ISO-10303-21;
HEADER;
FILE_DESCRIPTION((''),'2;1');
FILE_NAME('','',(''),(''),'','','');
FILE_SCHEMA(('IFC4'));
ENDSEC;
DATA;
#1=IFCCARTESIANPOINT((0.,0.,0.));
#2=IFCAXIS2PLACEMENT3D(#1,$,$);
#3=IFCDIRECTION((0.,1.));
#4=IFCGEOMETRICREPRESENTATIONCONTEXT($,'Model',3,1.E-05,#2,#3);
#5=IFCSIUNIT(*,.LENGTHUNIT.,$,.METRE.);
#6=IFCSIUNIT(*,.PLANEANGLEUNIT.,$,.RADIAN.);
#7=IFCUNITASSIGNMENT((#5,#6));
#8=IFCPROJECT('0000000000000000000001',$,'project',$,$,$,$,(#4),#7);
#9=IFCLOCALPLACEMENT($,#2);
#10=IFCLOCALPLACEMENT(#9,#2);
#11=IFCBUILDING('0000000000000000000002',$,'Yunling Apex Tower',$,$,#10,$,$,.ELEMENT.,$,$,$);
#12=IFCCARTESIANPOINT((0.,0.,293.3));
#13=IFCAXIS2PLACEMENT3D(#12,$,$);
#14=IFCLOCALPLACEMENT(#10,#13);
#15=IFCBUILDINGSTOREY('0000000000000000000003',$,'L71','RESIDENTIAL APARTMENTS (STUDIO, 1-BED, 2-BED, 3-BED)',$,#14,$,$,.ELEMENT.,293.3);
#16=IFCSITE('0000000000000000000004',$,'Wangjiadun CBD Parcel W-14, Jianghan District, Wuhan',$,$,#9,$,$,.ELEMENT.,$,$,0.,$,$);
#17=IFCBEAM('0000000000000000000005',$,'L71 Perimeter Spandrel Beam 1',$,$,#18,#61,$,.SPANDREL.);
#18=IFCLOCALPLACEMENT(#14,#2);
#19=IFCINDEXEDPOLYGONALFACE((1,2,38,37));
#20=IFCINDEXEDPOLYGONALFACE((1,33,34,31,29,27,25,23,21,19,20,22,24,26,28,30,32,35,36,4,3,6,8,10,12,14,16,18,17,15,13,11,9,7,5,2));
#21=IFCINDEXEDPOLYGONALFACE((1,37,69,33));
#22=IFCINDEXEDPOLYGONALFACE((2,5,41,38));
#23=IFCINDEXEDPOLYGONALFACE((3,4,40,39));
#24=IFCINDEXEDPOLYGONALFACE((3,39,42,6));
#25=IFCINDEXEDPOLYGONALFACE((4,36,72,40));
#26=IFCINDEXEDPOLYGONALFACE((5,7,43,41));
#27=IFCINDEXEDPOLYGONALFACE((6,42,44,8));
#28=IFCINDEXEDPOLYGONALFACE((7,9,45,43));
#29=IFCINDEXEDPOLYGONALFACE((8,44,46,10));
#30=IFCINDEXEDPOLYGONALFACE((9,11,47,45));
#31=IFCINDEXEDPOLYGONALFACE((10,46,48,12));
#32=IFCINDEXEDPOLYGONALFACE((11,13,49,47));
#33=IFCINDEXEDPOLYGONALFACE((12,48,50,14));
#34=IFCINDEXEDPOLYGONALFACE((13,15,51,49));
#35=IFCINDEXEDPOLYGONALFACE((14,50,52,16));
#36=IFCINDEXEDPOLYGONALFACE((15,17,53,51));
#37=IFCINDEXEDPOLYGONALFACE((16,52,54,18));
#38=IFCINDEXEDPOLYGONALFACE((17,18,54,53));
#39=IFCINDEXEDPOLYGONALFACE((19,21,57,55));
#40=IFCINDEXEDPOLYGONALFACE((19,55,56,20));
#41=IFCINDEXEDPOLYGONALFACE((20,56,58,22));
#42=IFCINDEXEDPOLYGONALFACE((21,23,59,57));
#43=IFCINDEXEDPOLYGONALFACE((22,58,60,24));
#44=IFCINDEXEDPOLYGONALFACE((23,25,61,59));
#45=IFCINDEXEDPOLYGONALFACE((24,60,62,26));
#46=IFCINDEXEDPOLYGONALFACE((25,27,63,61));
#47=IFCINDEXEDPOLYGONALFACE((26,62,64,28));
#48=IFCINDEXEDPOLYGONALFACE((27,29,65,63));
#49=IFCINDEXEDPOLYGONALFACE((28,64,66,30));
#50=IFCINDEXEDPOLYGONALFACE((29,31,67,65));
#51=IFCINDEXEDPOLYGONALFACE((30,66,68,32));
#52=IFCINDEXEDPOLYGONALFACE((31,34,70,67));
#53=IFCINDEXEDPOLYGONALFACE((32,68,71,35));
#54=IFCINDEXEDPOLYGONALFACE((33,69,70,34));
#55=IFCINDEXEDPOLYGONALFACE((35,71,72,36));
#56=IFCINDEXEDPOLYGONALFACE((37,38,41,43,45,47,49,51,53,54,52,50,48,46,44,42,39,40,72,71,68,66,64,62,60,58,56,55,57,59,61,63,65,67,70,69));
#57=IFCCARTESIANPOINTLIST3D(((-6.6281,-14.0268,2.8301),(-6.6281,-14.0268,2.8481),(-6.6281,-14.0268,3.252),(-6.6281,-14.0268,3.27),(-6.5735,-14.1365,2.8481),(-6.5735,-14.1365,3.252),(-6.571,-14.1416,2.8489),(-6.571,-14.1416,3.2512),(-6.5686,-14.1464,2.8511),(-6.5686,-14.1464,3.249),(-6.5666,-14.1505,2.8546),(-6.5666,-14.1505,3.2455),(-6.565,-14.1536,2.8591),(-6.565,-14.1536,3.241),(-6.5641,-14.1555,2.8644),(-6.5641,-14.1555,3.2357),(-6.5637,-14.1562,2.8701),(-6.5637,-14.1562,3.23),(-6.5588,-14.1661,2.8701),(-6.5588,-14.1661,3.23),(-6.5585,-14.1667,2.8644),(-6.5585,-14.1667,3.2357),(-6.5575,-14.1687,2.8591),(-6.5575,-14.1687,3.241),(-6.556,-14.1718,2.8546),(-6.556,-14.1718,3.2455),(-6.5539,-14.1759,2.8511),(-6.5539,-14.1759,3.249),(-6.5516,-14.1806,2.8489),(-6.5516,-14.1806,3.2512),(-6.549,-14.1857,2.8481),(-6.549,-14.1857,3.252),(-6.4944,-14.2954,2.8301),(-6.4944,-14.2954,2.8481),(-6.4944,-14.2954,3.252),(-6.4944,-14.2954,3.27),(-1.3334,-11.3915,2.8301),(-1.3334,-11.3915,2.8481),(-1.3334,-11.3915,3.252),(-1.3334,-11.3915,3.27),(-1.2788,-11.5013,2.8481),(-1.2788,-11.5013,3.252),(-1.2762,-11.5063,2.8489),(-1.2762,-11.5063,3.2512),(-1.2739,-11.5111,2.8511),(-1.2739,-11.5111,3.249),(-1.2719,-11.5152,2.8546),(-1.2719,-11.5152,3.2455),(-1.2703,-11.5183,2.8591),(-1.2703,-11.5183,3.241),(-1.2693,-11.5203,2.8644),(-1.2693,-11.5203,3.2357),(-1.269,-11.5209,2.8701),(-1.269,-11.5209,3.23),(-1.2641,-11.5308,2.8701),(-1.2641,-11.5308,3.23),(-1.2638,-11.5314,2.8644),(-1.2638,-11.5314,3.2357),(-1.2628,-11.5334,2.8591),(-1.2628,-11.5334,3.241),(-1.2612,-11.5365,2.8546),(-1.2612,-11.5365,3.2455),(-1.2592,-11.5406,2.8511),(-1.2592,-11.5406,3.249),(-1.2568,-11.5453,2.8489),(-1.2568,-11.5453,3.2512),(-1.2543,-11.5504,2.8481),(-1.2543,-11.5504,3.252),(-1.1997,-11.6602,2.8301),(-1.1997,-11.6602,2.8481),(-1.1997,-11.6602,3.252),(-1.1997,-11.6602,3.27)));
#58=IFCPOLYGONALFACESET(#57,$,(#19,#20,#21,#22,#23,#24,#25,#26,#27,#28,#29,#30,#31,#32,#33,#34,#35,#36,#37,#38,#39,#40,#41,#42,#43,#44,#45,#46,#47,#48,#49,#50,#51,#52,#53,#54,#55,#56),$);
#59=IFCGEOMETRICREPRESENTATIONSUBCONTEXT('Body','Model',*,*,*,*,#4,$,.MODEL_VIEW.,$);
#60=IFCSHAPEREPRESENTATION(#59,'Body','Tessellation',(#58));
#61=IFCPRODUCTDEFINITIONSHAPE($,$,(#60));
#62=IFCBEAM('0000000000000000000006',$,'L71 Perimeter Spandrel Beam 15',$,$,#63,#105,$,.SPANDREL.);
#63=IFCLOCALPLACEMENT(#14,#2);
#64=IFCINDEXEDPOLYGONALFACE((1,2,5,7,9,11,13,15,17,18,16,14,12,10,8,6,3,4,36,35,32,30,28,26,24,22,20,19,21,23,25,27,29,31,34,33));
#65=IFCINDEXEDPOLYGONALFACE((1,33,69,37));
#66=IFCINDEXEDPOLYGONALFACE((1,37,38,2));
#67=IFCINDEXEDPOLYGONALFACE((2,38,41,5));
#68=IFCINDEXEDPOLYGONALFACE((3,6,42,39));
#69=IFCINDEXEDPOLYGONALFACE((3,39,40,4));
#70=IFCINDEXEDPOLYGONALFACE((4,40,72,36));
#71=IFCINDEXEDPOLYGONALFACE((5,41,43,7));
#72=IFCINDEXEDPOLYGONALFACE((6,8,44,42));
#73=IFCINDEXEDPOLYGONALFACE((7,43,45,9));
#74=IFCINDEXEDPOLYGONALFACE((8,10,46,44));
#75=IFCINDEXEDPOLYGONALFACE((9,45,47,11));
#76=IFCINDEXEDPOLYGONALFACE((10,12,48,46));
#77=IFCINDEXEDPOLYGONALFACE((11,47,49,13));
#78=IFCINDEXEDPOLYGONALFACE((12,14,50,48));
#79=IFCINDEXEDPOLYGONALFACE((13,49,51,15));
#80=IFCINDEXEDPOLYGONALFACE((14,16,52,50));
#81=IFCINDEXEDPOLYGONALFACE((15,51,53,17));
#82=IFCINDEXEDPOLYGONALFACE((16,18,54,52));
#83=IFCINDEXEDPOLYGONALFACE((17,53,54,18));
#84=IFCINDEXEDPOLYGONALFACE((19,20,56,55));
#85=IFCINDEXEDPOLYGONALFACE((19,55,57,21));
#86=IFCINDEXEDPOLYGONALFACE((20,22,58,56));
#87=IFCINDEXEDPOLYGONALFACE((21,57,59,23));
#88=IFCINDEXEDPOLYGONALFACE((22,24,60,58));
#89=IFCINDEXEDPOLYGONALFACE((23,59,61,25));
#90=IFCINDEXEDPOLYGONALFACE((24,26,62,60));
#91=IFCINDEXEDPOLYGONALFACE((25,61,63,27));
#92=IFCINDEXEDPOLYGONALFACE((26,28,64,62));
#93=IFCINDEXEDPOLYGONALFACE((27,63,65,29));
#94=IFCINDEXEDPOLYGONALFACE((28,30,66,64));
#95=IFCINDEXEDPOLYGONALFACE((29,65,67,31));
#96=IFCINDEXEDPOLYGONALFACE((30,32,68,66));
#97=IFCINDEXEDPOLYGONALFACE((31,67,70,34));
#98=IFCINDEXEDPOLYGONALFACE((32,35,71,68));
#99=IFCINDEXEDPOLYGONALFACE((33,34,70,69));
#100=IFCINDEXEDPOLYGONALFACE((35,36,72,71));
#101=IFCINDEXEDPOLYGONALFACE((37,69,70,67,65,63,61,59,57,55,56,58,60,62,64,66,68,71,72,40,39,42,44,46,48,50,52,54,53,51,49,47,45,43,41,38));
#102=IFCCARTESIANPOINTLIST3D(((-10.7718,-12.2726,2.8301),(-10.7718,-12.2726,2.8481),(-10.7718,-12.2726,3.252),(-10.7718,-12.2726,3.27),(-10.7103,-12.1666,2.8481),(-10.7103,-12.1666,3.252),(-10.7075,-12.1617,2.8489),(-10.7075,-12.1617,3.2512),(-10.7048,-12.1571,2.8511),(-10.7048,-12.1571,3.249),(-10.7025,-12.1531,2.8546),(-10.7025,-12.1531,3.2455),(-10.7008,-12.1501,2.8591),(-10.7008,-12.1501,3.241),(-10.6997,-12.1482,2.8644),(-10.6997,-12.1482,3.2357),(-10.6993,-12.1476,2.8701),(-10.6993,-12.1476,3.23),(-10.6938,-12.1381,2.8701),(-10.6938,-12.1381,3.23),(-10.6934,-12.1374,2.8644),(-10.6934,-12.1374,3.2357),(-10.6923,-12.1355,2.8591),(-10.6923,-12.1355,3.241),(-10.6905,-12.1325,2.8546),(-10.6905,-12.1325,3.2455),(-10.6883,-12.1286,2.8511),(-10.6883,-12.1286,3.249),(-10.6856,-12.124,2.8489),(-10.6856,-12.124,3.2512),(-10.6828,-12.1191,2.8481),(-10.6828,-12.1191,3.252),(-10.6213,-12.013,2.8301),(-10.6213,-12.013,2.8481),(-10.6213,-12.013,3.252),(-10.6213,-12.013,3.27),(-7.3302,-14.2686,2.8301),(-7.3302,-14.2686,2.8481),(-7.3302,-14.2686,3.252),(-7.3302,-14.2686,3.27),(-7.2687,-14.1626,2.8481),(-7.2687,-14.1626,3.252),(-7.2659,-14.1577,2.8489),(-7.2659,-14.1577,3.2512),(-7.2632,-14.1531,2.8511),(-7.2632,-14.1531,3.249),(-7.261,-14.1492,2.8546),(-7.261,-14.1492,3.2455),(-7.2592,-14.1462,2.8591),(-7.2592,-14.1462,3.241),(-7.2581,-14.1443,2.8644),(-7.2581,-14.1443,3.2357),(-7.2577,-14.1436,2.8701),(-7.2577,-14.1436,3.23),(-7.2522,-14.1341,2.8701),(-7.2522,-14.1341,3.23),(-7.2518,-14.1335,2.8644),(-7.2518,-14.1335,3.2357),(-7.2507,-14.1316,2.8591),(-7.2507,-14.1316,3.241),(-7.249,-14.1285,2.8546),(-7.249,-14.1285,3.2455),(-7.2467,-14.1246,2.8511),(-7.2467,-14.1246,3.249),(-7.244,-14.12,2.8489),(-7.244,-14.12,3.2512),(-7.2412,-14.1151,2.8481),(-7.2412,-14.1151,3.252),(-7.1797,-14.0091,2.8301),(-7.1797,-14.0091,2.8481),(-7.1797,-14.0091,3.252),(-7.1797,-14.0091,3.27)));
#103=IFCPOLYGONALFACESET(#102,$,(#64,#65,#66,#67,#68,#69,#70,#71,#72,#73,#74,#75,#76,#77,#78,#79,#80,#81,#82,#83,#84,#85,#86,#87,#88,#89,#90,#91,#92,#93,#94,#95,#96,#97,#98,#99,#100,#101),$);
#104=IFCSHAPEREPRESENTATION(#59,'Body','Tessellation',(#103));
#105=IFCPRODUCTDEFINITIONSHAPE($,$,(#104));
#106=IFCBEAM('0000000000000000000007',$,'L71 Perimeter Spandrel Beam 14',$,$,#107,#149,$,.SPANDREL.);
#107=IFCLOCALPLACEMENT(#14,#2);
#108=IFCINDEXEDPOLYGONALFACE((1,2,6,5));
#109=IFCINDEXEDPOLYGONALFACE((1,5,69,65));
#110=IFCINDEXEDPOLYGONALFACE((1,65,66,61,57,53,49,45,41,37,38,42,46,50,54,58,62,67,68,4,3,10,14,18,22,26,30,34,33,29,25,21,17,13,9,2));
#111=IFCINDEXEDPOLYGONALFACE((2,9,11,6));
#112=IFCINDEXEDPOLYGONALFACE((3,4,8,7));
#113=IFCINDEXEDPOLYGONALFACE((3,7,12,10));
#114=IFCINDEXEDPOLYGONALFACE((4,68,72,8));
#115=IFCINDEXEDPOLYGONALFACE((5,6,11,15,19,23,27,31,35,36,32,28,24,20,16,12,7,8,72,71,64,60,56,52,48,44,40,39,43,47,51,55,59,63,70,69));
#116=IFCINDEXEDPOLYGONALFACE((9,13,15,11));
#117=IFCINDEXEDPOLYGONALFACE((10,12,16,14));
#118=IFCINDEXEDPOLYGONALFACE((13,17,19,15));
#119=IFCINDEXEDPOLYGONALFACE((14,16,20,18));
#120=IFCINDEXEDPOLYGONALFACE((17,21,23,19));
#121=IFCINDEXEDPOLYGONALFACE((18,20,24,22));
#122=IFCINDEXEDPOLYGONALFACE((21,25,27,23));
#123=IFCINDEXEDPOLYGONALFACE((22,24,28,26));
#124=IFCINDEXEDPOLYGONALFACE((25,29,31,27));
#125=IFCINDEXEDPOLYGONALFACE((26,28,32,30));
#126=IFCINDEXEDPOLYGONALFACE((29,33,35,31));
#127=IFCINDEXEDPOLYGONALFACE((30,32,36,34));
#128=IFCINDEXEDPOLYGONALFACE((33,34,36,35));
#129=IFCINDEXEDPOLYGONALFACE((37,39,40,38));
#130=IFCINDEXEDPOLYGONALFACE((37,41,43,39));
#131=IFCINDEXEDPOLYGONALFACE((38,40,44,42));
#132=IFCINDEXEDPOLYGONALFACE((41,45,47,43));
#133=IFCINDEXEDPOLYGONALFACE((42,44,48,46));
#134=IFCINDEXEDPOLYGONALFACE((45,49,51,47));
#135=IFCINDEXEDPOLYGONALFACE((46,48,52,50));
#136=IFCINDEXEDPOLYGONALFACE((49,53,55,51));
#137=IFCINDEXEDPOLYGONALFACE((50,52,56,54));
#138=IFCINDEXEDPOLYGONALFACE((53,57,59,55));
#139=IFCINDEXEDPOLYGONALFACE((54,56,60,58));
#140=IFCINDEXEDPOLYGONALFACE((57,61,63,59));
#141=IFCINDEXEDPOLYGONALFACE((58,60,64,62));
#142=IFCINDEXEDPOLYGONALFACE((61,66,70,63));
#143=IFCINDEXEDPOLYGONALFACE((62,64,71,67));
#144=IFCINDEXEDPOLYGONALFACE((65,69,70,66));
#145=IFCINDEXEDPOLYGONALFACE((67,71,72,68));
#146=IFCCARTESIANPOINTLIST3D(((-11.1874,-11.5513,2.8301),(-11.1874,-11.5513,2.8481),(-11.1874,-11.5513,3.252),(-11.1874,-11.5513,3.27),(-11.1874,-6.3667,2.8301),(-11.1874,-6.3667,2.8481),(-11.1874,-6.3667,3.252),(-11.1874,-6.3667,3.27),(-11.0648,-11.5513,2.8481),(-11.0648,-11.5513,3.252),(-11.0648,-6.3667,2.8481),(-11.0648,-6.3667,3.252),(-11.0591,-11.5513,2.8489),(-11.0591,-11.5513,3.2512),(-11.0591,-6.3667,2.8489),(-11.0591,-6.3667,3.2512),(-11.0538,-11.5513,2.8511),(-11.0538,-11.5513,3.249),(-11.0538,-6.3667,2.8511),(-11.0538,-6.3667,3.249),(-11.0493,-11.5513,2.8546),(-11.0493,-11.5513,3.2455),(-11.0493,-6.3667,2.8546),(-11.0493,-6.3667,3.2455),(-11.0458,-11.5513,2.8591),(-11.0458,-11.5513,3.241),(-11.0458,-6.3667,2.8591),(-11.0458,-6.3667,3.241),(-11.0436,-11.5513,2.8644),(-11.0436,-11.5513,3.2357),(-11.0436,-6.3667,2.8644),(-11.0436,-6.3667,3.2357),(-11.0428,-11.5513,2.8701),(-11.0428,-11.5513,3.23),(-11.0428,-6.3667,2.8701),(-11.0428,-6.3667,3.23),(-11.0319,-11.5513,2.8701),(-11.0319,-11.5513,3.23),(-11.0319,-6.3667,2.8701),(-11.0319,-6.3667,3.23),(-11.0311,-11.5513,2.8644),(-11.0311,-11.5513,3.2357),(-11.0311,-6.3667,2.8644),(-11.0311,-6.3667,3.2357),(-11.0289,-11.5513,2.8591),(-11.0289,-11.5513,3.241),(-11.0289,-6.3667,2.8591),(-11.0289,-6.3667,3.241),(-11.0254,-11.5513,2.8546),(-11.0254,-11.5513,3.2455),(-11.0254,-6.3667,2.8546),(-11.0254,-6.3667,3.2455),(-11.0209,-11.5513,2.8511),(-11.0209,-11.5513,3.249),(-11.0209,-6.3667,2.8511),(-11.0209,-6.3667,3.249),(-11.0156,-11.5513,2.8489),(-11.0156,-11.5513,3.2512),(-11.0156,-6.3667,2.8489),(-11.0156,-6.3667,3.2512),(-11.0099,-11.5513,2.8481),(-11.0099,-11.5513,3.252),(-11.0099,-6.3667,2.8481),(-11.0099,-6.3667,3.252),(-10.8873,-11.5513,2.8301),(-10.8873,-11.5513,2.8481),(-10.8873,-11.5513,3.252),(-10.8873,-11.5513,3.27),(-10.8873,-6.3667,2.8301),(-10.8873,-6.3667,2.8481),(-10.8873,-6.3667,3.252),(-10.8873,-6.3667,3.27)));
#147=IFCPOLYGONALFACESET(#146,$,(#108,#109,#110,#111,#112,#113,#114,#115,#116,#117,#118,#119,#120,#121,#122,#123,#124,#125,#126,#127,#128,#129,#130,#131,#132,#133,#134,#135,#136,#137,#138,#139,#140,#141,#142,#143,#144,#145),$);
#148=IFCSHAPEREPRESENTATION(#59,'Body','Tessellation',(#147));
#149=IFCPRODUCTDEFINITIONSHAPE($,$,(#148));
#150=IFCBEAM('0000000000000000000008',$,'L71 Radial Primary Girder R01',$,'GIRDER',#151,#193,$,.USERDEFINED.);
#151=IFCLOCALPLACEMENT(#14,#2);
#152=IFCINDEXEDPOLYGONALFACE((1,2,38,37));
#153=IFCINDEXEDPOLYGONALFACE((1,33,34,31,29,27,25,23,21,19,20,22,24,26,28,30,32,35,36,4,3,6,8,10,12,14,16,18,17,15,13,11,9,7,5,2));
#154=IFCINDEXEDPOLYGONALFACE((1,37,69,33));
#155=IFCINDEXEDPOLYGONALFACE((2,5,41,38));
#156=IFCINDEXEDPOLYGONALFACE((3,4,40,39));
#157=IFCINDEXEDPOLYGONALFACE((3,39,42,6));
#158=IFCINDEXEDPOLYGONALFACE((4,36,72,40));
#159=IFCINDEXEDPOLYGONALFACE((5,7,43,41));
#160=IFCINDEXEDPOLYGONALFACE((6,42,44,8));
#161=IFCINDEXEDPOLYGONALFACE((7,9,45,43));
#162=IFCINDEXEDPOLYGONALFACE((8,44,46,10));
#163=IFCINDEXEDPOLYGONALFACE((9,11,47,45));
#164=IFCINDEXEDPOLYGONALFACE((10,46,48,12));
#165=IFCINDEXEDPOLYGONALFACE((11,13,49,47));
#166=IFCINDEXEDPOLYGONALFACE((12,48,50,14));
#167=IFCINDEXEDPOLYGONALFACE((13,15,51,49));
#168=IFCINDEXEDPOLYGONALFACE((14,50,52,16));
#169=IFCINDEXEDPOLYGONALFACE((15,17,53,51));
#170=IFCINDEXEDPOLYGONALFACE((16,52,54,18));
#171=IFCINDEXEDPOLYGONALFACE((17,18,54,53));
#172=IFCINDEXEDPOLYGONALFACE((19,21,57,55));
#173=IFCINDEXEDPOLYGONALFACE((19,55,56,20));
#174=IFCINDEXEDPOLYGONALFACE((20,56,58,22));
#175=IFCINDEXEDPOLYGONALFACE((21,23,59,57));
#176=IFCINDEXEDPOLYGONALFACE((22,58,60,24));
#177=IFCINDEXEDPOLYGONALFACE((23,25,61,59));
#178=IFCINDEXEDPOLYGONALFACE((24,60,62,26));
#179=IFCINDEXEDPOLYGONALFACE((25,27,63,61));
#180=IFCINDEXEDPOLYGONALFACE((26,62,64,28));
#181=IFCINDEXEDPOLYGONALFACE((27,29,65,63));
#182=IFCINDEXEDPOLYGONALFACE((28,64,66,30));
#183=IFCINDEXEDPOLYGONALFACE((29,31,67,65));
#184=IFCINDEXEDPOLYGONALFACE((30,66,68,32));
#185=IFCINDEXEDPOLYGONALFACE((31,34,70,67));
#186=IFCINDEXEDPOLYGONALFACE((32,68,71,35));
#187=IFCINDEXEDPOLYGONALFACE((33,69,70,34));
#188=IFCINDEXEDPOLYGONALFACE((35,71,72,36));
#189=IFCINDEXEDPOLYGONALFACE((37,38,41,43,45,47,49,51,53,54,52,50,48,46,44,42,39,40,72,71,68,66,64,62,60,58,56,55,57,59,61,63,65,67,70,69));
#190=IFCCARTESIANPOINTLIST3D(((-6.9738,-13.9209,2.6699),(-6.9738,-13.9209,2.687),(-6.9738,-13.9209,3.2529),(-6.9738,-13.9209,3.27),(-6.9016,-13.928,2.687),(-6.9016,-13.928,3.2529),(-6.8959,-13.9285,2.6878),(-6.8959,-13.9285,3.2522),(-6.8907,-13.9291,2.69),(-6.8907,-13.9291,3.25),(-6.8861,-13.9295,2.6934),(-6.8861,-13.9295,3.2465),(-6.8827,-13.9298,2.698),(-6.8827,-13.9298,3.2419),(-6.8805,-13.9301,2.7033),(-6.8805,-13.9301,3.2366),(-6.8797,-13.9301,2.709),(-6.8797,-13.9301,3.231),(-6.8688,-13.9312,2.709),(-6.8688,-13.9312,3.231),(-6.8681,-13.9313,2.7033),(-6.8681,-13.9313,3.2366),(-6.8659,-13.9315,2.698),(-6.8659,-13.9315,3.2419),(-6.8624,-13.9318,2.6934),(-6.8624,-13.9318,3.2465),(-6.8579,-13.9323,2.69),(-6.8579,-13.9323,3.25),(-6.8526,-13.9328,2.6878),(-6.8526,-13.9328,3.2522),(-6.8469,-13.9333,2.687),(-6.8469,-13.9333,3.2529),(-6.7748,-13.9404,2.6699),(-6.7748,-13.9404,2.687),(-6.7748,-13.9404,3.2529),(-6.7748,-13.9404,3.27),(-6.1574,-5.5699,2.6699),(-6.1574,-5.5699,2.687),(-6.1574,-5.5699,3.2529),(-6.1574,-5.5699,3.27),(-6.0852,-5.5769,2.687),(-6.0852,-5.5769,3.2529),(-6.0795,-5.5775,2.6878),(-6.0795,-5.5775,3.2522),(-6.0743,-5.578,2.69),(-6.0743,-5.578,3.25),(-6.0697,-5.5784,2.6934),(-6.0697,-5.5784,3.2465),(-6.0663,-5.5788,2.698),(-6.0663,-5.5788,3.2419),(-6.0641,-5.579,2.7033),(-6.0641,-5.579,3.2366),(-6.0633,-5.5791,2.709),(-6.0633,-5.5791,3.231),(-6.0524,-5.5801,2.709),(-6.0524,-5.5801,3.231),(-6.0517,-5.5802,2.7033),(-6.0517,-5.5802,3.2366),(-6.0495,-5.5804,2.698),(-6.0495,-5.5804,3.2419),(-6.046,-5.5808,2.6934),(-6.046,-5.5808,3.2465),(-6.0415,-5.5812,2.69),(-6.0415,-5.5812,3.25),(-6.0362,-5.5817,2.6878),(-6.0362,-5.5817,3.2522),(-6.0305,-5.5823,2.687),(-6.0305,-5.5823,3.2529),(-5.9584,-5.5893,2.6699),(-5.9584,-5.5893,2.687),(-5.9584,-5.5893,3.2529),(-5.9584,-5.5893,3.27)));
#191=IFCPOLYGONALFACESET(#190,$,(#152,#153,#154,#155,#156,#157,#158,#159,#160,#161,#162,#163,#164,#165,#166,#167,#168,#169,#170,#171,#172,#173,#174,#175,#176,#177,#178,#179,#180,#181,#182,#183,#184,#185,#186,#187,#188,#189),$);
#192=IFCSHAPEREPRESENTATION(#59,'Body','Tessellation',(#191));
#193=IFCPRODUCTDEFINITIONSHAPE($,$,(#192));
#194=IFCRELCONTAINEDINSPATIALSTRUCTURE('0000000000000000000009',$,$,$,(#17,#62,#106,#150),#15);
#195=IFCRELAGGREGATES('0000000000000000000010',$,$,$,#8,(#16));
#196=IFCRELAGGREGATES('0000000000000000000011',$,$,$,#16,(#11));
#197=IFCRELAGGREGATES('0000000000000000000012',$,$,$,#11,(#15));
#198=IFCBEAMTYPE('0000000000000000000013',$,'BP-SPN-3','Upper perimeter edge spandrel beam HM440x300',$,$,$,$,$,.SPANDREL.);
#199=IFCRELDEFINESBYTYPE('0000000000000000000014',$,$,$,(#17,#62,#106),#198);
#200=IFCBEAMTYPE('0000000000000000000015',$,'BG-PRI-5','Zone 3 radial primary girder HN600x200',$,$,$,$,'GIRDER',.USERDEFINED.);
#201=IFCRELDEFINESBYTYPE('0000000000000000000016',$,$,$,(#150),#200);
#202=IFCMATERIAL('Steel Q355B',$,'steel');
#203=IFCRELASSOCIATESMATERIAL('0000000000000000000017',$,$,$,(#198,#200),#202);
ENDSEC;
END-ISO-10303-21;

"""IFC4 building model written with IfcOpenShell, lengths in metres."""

from ifc_helpers import new_model, si_unit, direction, frame, origin, origin_2d, place, context, subcontext, project, spatial, i_section, extrude, source, transform, mapped, material, material_profile, profile_set, type_object, element, save


model = new_model("IFC4")

# Units and contexts
model_context = context("Model", 3, precision=1e-05, world=origin(), true_north=direction((0.0, 1.0)))
body_context = subcontext(model_context, "Body", "Model", "MODEL_VIEW")
ifc_project = project(units=[si_unit("LENGTHUNIT", "METRE"), si_unit("PLANEANGLEUNIT", "RADIAN")], contexts=[model_context])

# Site, building, storey
site_placement = place(None, origin())
site = spatial("IfcSite", under=ifc_project, at=site_placement, Name="Wangjiadun CBD Parcel W-14, Jianghan District, Wuhan", CompositionType="ELEMENT", RefElevation=0.0)
building_placement = place(site_placement, origin())
building = spatial("IfcBuilding", under=site, at=building_placement, Name="Yunling Apex Tower", CompositionType="ELEMENT")
storey_placement = place(building_placement, frame((0.0, 0.0, 293.3)))
storey = spatial("IfcBuildingStorey", under=building, at=storey_placement, Name="L71", Description="RESIDENTIAL APARTMENTS (STUDIO, 1-BED, 2-BED, 3-BED)", CompositionType="ELEMENT", Elevation=293.3)

# Shared definitions
ifc_material_1 = material(Name="Steel Q355B", Category="steel")

# Beams
ifc_material_profile_1 = material_profile(ifc_material_1, i_section(OverallWidth=0.3, OverallDepth=0.4399, WebThickness=0.011, FlangeThickness=0.0181, FilletRadius=0.022, at=origin_2d()))
ifc_profile_set_1 = profile_set([ifc_material_profile_1], Name="Steel Q355B")
beam_type_1 = type_object("IfcBeamType", Name="BP-SPN-3", Description="Upper perimeter edge spandrel beam HM440x300", PredefinedType="SPANDREL", material=ifc_profile_set_1)
shared_shape_1 = source(origin(), body_context, "Body", "SweptSolid", [
    extrude(i_section(OverallWidth=0.3, OverallDepth=0.4399, WebThickness=0.011, FlangeThickness=0.0181, FilletRadius=0.022, at=origin_2d()), origin(), (0.0, 0.0, 1.0), 5.9143),
])
beam_1_placement = place(storey_placement, frame((-6.5613, -14.1611, 3.05), z_axis=(0.895243, 0.445578, 0.0), x_axis=(-0.445578, 0.895243, 0.0)))
element("IfcBeam", 1, at=beam_1_placement, inside=storey, type_object=beam_type_1, Name="L71 Perimeter Spandrel Beam 1", PredefinedType="SPANDREL", context=body_context, shape_type="MappedRepresentation", body=[
    mapped(shared_shape_1, transform((0.0, 0.0, 0.0), scale=1.0)),
])
shared_shape_2 = source(origin(), body_context, "Body", "SweptSolid", [
    extrude(i_section(OverallWidth=0.3, OverallDepth=0.4399, WebThickness=0.011, FlangeThickness=0.0181, FilletRadius=0.022, at=origin_2d()), origin(), (0.0, 0.0, 1.0), 3.9785),
])
beam_2_placement = place(storey_placement, frame((-10.6965, -12.1428, 3.05), z_axis=(0.865038, -0.501706, 0.0), x_axis=(0.501706, 0.865038, 0.0)))
element("IfcBeam", 2, at=beam_2_placement, inside=storey, type_object=beam_type_1, Name="L71 Perimeter Spandrel Beam 15", PredefinedType="SPANDREL", context=body_context, shape_type="MappedRepresentation", body=[
    mapped(shared_shape_2, transform((0.0, 0.0, 0.0), scale=1.0)),
])
shared_shape_3 = source(origin(), body_context, "Body", "SweptSolid", [
    extrude(i_section(OverallWidth=0.3, OverallDepth=0.4399, WebThickness=0.011, FlangeThickness=0.0181, FilletRadius=0.022, at=origin_2d()), origin(), (0.0, 0.0, 1.0), 5.1846),
])
beam_3_placement = place(storey_placement, frame((-11.0374, -6.3667, 3.05), z_axis=(0.0, -1.0, 0.0), x_axis=(1.0, 0.0, 0.0)))
element("IfcBeam", 3, at=beam_3_placement, inside=storey, type_object=beam_type_1, Name="L71 Perimeter Spandrel Beam 14", PredefinedType="SPANDREL", context=body_context, shape_type="MappedRepresentation", body=[
    mapped(shared_shape_3, transform((0.0, 0.0, 0.0), scale=1.0)),
])
ifc_material_profile_2 = material_profile(ifc_material_1, i_section(OverallWidth=0.2, OverallDepth=0.6001, WebThickness=0.011, FlangeThickness=0.0171, FilletRadius=0.022, at=origin_2d()))
ifc_profile_set_2 = profile_set([ifc_material_profile_2], Name="Steel Q355B")
beam_type_2 = type_object("IfcBeamType", Name="BG-PRI-5", Description="Zone 3 radial primary girder HN600x200", ElementType="GIRDER", PredefinedType="USERDEFINED", material=ifc_profile_set_2)
shared_shape_4 = source(origin(), body_context, "Body", "SweptSolid", [
    extrude(i_section(OverallWidth=0.2, OverallDepth=0.6001, WebThickness=0.011, FlangeThickness=0.0171, FilletRadius=0.022, at=origin_2d()), origin(), (0.0, 0.0, 1.0), 8.3909),
])
beam_4_placement = place(storey_placement, frame((-6.8743, -13.9307, 2.97), z_axis=(0.097297, 0.995255, 0.0), x_axis=(-0.995255, 0.097297, 0.0)))
element("IfcBeam", 4, at=beam_4_placement, inside=storey, type_object=beam_type_2, Name="L71 Radial Primary Girder R01", ObjectType="GIRDER", PredefinedType="USERDEFINED", context=body_context, shape_type="MappedRepresentation", body=[
    mapped(shared_shape_4, transform((0.0, 0.0, 0.0), scale=1.0)),
])

save(model, "model.ifc")
